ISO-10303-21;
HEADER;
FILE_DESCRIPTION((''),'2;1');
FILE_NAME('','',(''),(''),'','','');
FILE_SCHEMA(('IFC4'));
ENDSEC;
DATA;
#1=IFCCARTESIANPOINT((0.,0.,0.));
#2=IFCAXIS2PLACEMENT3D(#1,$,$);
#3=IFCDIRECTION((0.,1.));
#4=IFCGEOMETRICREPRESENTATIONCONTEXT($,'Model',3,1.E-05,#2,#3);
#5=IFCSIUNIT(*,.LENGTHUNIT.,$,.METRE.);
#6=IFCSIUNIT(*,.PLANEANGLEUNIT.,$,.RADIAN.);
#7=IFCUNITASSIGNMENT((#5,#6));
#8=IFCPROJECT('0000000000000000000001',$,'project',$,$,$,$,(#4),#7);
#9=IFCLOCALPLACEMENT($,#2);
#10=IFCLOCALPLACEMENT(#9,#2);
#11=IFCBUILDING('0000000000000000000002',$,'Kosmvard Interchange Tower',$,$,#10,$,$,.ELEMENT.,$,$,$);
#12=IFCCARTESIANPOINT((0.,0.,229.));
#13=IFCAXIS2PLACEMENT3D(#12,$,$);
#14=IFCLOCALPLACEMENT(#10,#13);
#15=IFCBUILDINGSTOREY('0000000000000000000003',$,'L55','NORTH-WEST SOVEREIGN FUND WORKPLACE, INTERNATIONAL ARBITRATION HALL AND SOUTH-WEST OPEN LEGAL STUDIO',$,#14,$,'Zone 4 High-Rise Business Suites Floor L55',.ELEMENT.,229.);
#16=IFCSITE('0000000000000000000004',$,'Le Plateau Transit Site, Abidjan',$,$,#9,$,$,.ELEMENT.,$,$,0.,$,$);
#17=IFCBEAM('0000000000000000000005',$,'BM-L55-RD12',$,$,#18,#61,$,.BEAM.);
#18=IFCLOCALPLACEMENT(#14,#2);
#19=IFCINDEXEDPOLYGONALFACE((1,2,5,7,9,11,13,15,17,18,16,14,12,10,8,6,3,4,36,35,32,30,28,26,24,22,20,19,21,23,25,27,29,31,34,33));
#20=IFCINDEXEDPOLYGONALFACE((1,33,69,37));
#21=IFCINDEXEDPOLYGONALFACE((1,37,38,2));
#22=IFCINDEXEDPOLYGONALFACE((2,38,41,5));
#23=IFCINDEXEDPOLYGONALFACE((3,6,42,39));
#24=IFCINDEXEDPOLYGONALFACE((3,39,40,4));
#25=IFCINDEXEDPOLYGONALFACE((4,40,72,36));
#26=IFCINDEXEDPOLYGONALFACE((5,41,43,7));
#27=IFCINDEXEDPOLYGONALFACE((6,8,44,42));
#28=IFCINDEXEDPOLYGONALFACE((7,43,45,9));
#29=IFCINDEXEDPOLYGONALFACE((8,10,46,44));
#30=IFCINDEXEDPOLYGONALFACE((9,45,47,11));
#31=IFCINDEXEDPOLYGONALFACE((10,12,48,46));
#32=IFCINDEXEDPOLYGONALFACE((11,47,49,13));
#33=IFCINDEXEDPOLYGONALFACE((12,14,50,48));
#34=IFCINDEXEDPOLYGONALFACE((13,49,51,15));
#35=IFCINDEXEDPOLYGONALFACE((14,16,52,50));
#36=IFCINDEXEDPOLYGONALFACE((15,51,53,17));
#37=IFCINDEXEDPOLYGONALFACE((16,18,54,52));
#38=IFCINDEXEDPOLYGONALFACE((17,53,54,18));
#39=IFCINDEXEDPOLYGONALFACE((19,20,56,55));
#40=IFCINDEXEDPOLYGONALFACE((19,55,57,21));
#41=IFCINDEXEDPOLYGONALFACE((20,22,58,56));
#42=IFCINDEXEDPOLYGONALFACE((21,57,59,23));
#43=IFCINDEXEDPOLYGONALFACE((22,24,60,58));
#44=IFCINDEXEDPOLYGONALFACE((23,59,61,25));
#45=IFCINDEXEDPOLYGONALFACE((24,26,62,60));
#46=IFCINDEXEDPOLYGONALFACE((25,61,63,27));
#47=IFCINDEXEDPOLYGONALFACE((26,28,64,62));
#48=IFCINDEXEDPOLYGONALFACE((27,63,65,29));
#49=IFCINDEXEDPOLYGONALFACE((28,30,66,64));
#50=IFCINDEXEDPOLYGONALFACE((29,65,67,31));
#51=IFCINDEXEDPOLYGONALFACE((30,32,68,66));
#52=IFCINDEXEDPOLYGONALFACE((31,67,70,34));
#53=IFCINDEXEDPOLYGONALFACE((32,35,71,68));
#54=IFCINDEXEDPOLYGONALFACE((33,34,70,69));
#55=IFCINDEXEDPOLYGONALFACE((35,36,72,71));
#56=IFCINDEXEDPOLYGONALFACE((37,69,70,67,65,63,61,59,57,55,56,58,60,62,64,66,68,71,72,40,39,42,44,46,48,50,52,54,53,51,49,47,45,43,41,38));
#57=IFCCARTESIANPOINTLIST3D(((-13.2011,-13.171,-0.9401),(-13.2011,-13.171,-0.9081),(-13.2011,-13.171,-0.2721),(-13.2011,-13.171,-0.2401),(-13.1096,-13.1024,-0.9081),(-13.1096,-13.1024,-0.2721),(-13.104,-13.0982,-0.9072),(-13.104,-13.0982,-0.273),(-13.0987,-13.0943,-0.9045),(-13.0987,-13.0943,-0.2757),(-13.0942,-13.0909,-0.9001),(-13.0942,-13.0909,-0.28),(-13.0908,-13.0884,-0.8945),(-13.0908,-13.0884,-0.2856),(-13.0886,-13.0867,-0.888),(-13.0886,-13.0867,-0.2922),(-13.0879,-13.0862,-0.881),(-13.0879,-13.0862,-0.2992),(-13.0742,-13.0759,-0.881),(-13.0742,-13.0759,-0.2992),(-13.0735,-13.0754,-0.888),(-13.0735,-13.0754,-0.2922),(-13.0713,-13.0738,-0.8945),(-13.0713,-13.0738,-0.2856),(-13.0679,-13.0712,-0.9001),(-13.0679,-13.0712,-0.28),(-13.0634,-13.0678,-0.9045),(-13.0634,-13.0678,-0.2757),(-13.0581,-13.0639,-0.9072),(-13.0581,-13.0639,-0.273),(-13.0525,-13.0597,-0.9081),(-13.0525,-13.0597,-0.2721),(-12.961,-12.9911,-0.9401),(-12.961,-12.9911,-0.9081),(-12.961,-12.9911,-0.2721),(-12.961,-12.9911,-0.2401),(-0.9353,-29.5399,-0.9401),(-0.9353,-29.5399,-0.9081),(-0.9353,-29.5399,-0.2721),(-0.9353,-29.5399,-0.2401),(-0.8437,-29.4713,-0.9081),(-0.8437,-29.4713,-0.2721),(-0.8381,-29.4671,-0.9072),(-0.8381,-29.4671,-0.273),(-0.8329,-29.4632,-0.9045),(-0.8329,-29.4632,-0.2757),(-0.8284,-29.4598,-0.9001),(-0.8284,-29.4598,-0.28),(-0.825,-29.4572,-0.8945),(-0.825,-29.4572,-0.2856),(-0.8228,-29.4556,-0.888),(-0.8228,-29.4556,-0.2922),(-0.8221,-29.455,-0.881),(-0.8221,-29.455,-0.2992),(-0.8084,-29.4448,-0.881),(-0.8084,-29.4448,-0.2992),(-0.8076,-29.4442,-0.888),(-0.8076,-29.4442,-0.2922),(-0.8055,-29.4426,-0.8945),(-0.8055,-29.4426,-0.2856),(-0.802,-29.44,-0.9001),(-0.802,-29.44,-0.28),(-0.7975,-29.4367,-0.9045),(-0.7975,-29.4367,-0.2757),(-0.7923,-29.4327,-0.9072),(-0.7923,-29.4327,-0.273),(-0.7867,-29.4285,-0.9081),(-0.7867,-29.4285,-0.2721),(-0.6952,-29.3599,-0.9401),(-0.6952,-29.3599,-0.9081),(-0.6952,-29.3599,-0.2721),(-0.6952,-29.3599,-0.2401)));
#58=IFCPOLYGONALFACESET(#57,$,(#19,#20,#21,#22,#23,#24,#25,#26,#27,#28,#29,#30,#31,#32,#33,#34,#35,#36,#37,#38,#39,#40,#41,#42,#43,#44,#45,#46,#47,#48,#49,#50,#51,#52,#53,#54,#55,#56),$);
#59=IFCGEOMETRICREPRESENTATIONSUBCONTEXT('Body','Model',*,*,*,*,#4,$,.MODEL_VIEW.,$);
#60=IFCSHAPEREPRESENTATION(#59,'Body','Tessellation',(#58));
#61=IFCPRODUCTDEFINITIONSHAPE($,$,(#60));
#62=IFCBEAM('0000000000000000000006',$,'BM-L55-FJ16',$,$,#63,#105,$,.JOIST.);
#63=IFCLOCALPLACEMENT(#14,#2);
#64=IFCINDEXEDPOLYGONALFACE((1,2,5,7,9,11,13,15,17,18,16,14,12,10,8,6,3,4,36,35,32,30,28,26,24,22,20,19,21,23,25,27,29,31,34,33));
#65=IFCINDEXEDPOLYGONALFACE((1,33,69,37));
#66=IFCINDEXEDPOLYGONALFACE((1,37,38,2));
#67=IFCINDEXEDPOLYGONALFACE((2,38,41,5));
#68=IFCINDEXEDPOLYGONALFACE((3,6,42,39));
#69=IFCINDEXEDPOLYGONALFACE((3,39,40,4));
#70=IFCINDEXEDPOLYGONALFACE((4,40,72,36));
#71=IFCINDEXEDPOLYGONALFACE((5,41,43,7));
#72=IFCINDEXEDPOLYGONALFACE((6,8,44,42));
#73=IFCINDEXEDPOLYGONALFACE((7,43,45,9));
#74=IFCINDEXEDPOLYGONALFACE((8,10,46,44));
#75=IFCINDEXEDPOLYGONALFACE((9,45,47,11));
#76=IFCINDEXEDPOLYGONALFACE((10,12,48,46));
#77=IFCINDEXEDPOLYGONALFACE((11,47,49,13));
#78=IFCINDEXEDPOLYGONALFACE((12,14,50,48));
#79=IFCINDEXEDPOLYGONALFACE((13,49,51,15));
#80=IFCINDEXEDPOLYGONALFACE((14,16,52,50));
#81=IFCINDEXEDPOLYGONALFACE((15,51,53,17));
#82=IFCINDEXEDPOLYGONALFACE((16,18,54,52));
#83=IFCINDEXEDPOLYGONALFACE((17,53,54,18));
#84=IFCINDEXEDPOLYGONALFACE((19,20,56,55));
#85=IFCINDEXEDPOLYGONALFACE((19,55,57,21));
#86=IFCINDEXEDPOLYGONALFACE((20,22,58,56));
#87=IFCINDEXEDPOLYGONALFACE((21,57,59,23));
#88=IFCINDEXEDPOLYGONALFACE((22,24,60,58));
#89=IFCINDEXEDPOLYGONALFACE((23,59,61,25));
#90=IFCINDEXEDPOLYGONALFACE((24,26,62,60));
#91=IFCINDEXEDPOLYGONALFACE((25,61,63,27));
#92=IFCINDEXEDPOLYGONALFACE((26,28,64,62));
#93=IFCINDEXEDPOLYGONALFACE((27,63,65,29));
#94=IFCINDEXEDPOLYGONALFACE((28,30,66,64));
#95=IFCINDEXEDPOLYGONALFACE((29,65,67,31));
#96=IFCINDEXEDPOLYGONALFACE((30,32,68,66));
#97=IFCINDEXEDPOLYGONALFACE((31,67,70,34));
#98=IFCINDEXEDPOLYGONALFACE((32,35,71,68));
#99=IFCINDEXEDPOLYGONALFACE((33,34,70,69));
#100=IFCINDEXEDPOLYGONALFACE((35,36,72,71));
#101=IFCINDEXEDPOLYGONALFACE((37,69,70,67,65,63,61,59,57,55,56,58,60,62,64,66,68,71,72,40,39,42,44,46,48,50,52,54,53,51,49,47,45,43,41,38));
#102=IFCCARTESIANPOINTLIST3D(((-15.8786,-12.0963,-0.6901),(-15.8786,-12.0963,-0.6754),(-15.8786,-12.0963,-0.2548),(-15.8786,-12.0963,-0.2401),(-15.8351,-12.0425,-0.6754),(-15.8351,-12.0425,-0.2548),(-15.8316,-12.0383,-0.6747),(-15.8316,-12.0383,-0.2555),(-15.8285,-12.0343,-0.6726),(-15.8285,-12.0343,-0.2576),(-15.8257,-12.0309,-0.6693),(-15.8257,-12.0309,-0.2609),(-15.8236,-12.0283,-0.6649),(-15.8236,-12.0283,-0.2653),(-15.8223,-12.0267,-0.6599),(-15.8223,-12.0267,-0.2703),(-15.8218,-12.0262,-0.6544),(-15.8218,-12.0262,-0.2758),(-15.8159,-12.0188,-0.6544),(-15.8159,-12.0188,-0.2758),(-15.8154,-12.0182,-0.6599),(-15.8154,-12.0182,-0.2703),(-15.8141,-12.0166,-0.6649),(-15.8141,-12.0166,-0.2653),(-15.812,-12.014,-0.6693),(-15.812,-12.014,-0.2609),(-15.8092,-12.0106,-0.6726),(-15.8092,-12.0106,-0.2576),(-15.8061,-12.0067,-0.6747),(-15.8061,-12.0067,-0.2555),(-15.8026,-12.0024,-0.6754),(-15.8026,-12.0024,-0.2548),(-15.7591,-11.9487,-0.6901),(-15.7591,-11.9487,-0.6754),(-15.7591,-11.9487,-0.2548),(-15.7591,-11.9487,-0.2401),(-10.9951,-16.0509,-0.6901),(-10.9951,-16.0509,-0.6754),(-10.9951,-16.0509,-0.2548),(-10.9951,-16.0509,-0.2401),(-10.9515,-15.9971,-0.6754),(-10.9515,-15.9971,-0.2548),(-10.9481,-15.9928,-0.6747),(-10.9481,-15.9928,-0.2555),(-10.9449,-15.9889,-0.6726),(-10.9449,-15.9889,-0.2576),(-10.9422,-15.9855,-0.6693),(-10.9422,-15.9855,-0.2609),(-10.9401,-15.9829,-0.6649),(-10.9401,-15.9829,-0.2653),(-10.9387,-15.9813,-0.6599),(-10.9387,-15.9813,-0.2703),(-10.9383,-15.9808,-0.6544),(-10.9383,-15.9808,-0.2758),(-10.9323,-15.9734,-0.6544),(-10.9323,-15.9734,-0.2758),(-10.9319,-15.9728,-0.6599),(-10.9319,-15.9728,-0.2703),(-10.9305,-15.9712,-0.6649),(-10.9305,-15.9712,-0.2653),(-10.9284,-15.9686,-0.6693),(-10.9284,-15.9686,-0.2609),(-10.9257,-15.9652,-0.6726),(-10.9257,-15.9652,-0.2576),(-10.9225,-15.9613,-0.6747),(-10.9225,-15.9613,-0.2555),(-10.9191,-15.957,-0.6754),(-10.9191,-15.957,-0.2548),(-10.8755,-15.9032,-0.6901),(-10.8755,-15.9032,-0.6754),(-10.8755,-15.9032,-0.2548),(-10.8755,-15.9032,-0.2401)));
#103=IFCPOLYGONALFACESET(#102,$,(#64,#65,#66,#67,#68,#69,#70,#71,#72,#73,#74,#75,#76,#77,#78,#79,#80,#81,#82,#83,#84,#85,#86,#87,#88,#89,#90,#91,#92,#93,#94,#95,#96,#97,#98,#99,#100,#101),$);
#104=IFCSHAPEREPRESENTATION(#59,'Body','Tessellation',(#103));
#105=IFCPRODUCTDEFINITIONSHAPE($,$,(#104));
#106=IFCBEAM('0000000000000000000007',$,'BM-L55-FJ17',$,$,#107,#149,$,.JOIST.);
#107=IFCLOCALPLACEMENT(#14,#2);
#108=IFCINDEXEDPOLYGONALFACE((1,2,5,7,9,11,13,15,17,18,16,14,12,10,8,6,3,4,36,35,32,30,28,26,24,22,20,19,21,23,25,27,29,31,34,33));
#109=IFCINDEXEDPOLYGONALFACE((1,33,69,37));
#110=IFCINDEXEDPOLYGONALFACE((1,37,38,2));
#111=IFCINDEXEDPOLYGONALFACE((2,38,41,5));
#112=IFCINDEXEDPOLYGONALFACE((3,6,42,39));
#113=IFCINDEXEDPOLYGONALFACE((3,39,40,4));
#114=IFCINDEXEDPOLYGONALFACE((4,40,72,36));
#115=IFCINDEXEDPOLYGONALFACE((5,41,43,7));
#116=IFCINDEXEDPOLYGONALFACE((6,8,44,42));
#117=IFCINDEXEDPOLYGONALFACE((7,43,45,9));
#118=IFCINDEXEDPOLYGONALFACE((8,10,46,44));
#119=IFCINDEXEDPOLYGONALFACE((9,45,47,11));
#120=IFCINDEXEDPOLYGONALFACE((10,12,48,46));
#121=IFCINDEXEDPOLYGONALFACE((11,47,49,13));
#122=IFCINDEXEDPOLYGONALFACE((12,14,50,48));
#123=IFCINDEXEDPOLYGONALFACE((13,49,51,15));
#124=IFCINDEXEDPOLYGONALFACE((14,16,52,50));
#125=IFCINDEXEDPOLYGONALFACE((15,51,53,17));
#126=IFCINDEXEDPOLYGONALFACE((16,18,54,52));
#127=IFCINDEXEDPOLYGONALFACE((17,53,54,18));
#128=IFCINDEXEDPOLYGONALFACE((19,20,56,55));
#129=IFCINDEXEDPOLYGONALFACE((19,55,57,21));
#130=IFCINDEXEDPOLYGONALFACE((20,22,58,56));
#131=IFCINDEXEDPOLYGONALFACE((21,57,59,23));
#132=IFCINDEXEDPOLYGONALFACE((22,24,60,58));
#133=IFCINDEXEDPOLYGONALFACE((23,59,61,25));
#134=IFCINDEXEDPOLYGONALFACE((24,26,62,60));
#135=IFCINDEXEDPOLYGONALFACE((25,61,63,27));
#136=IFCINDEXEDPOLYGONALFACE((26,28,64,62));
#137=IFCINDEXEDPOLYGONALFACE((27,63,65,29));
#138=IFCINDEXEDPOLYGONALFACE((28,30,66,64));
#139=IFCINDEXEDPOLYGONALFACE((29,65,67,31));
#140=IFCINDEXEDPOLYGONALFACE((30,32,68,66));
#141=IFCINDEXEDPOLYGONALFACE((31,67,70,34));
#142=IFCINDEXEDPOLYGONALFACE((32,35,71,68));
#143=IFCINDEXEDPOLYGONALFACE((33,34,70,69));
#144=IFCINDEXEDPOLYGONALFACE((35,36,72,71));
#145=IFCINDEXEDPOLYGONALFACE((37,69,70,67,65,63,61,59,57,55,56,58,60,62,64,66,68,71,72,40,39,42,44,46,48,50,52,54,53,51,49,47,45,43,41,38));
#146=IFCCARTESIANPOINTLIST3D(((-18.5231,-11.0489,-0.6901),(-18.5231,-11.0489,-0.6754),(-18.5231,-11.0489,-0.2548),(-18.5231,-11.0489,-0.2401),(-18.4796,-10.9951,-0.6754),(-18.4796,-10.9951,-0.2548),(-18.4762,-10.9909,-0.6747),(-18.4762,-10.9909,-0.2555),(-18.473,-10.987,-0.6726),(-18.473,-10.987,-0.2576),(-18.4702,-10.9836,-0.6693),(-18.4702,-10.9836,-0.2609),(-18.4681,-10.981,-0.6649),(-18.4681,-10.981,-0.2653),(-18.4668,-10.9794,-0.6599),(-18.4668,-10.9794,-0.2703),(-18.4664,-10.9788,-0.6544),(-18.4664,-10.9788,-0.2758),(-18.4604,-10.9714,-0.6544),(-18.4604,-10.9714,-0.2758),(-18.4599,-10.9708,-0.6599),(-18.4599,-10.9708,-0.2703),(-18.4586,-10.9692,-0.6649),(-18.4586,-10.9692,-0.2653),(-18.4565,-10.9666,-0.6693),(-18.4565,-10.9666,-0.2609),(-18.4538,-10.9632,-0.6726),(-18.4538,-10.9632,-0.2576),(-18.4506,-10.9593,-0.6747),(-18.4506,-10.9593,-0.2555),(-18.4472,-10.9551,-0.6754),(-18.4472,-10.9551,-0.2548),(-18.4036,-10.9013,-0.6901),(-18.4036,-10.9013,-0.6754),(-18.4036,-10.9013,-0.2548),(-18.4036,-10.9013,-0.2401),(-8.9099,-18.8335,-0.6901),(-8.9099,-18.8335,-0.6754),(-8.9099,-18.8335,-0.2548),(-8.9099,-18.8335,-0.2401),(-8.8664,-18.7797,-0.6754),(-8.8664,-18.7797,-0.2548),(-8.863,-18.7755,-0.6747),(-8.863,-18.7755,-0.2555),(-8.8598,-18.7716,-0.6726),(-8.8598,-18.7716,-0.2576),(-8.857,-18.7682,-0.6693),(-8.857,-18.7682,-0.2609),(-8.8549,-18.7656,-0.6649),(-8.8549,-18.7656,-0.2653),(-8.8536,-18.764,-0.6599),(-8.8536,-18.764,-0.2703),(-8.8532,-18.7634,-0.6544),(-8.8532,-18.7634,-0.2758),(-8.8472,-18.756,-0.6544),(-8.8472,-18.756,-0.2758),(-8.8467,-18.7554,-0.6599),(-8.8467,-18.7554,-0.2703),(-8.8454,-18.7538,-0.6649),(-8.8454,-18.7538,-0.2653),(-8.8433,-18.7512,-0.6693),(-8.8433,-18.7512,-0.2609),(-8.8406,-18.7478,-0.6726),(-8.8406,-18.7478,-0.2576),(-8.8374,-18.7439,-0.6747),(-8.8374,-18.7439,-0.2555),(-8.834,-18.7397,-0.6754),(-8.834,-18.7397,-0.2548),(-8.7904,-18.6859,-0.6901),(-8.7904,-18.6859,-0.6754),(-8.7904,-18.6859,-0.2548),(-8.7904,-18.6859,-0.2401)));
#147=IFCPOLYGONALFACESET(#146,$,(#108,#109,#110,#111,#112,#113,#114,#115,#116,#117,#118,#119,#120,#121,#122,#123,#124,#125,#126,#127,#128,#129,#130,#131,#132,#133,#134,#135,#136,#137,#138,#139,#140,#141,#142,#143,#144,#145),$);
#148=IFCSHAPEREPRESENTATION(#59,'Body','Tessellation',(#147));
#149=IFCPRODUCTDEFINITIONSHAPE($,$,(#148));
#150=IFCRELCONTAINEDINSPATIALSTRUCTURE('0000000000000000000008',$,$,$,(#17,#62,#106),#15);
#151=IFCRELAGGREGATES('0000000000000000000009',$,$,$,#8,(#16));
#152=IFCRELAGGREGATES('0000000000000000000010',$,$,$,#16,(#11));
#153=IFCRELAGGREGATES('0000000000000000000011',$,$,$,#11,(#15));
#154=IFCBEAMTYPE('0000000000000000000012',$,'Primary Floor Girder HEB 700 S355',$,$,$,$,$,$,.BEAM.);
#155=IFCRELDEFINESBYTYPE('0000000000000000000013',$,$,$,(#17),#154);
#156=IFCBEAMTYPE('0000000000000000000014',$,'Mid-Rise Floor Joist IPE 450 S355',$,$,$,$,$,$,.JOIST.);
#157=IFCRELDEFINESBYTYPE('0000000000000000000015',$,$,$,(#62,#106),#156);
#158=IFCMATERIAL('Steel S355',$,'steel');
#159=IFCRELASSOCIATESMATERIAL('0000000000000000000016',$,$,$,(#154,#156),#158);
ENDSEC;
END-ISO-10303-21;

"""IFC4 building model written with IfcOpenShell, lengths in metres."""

from ifc_helpers import new_model, si_unit, direction, frame, origin, origin_2d, place, context, subcontext, project, spatial, i_section, extrude, source, transform, mapped, material, material_profile, profile_set, type_object, element, save


model = new_model("IFC4")

# Units and contexts
model_context = context("Model", 3, precision=1e-05, world=origin(), true_north=direction((0.0, 1.0)))
body_context = subcontext(model_context, "Body", "Model", "MODEL_VIEW")
ifc_project = project(units=[si_unit("LENGTHUNIT", "METRE"), si_unit("PLANEANGLEUNIT", "RADIAN")], contexts=[model_context])

# Site, building, storey
site_placement = place(None, origin())
site = spatial("IfcSite", under=ifc_project, at=site_placement, Name="Le Plateau Transit Site, Abidjan", CompositionType="ELEMENT", RefElevation=0.0)
building_placement = place(site_placement, origin())
building = spatial("IfcBuilding", under=site, at=building_placement, Name="Kosmvard Interchange Tower", CompositionType="ELEMENT")
storey_placement = place(building_placement, frame((0.0, 0.0, 229.0)))
storey = spatial("IfcBuildingStorey", under=building, at=storey_placement, Name="L55", Description="NORTH-WEST SOVEREIGN FUND WORKPLACE, INTERNATIONAL ARBITRATION HALL AND SOUTH-WEST OPEN LEGAL STUDIO", LongName="Zone 4 High-Rise Business Suites Floor L55", CompositionType="ELEMENT", Elevation=229.0)

# Beams
ifc_material_1 = material(Name="Steel S355", Category="steel")
ifc_material_profile_1 = material_profile(ifc_material_1, i_section(OverallWidth=0.3, OverallDepth=0.7, WebThickness=0.0171, FlangeThickness=0.032, FilletRadius=0.0271, at=origin_2d()), Name="HEB 700")
ifc_profile_set_1 = profile_set([ifc_material_profile_1], Name="Steel S355")
beam_type_1 = type_object("IfcBeamType", Name="Primary Floor Girder HEB 700 S355", PredefinedType="BEAM", material=ifc_profile_set_1)
shared_shape_1 = source(origin(), body_context, "Body", "SweptSolid", [
    extrude(i_section(OverallWidth=0.3, OverallDepth=0.7, WebThickness=0.0171, FlangeThickness=0.032, FilletRadius=0.0271, at=origin_2d()), origin(), (0.0, 0.0, 1.0), 20.4546),
])
beam_1_placement = place(storey_placement, frame((-13.0811, -13.0811, -0.5901), z_axis=(0.599662, -0.800253, 0.0), x_axis=(0.800253, 0.599662, 0.0)))
element("IfcBeam", 1, at=beam_1_placement, inside=storey, type_object=beam_type_1, Name="BM-L55-RD12", PredefinedType="BEAM", context=body_context, shape_type="MappedRepresentation", body=[
    mapped(shared_shape_1, transform((0.0, 0.0, 0.0), scale=1.0)),
])
ifc_material_profile_2 = material_profile(ifc_material_1, i_section(OverallWidth=0.1899, OverallDepth=0.45, WebThickness=0.0095, FlangeThickness=0.0146, FilletRadius=0.021, at=origin_2d()), Name="IPE 450")
ifc_profile_set_2 = profile_set([ifc_material_profile_2], Name="Steel S355")
beam_type_2 = type_object("IfcBeamType", Name="Mid-Rise Floor Joist IPE 450 S355", PredefinedType="JOIST", material=ifc_profile_set_2)
shared_shape_2 = source(origin(), body_context, "Body", "SweptSolid", [
    extrude(i_section(OverallWidth=0.1899, OverallDepth=0.45, WebThickness=0.0095, FlangeThickness=0.0146, FilletRadius=0.021, at=origin_2d()), origin(), (0.0, 0.0, 1.0), 6.2839),
])
beam_2_placement = place(storey_placement, frame((-15.8188, -12.0225, -0.4651), z_axis=(0.777148, -0.629318, 0.0), x_axis=(0.629318, 0.777148, 0.0)))
element("IfcBeam", 2, at=beam_2_placement, inside=storey, type_object=beam_type_2, Name="BM-L55-FJ16", PredefinedType="JOIST", context=body_context, shape_type="MappedRepresentation", body=[
    mapped(shared_shape_2, transform((0.0, 0.0, 0.0), scale=1.0)),
])
shared_shape_3 = source(origin(), body_context, "Body", "SweptSolid", [
    extrude(i_section(OverallWidth=0.1899, OverallDepth=0.45, WebThickness=0.0095, FlangeThickness=0.0146, FilletRadius=0.021, at=origin_2d()), origin(), (0.0, 0.0, 1.0), 12.3699),
])
beam_3_placement = place(storey_placement, frame((-18.4634, -10.9751, -0.4651), z_axis=(0.777147, -0.62932, 0.0), x_axis=(0.62932, 0.777147, 0.0)))
element("IfcBeam", 3, at=beam_3_placement, inside=storey, type_object=beam_type_2, Name="BM-L55-FJ17", PredefinedType="JOIST", context=body_context, shape_type="MappedRepresentation", body=[
    mapped(shared_shape_3, transform((0.0, 0.0, 0.0), scale=1.0)),
])

save(model, "model.ifc")
